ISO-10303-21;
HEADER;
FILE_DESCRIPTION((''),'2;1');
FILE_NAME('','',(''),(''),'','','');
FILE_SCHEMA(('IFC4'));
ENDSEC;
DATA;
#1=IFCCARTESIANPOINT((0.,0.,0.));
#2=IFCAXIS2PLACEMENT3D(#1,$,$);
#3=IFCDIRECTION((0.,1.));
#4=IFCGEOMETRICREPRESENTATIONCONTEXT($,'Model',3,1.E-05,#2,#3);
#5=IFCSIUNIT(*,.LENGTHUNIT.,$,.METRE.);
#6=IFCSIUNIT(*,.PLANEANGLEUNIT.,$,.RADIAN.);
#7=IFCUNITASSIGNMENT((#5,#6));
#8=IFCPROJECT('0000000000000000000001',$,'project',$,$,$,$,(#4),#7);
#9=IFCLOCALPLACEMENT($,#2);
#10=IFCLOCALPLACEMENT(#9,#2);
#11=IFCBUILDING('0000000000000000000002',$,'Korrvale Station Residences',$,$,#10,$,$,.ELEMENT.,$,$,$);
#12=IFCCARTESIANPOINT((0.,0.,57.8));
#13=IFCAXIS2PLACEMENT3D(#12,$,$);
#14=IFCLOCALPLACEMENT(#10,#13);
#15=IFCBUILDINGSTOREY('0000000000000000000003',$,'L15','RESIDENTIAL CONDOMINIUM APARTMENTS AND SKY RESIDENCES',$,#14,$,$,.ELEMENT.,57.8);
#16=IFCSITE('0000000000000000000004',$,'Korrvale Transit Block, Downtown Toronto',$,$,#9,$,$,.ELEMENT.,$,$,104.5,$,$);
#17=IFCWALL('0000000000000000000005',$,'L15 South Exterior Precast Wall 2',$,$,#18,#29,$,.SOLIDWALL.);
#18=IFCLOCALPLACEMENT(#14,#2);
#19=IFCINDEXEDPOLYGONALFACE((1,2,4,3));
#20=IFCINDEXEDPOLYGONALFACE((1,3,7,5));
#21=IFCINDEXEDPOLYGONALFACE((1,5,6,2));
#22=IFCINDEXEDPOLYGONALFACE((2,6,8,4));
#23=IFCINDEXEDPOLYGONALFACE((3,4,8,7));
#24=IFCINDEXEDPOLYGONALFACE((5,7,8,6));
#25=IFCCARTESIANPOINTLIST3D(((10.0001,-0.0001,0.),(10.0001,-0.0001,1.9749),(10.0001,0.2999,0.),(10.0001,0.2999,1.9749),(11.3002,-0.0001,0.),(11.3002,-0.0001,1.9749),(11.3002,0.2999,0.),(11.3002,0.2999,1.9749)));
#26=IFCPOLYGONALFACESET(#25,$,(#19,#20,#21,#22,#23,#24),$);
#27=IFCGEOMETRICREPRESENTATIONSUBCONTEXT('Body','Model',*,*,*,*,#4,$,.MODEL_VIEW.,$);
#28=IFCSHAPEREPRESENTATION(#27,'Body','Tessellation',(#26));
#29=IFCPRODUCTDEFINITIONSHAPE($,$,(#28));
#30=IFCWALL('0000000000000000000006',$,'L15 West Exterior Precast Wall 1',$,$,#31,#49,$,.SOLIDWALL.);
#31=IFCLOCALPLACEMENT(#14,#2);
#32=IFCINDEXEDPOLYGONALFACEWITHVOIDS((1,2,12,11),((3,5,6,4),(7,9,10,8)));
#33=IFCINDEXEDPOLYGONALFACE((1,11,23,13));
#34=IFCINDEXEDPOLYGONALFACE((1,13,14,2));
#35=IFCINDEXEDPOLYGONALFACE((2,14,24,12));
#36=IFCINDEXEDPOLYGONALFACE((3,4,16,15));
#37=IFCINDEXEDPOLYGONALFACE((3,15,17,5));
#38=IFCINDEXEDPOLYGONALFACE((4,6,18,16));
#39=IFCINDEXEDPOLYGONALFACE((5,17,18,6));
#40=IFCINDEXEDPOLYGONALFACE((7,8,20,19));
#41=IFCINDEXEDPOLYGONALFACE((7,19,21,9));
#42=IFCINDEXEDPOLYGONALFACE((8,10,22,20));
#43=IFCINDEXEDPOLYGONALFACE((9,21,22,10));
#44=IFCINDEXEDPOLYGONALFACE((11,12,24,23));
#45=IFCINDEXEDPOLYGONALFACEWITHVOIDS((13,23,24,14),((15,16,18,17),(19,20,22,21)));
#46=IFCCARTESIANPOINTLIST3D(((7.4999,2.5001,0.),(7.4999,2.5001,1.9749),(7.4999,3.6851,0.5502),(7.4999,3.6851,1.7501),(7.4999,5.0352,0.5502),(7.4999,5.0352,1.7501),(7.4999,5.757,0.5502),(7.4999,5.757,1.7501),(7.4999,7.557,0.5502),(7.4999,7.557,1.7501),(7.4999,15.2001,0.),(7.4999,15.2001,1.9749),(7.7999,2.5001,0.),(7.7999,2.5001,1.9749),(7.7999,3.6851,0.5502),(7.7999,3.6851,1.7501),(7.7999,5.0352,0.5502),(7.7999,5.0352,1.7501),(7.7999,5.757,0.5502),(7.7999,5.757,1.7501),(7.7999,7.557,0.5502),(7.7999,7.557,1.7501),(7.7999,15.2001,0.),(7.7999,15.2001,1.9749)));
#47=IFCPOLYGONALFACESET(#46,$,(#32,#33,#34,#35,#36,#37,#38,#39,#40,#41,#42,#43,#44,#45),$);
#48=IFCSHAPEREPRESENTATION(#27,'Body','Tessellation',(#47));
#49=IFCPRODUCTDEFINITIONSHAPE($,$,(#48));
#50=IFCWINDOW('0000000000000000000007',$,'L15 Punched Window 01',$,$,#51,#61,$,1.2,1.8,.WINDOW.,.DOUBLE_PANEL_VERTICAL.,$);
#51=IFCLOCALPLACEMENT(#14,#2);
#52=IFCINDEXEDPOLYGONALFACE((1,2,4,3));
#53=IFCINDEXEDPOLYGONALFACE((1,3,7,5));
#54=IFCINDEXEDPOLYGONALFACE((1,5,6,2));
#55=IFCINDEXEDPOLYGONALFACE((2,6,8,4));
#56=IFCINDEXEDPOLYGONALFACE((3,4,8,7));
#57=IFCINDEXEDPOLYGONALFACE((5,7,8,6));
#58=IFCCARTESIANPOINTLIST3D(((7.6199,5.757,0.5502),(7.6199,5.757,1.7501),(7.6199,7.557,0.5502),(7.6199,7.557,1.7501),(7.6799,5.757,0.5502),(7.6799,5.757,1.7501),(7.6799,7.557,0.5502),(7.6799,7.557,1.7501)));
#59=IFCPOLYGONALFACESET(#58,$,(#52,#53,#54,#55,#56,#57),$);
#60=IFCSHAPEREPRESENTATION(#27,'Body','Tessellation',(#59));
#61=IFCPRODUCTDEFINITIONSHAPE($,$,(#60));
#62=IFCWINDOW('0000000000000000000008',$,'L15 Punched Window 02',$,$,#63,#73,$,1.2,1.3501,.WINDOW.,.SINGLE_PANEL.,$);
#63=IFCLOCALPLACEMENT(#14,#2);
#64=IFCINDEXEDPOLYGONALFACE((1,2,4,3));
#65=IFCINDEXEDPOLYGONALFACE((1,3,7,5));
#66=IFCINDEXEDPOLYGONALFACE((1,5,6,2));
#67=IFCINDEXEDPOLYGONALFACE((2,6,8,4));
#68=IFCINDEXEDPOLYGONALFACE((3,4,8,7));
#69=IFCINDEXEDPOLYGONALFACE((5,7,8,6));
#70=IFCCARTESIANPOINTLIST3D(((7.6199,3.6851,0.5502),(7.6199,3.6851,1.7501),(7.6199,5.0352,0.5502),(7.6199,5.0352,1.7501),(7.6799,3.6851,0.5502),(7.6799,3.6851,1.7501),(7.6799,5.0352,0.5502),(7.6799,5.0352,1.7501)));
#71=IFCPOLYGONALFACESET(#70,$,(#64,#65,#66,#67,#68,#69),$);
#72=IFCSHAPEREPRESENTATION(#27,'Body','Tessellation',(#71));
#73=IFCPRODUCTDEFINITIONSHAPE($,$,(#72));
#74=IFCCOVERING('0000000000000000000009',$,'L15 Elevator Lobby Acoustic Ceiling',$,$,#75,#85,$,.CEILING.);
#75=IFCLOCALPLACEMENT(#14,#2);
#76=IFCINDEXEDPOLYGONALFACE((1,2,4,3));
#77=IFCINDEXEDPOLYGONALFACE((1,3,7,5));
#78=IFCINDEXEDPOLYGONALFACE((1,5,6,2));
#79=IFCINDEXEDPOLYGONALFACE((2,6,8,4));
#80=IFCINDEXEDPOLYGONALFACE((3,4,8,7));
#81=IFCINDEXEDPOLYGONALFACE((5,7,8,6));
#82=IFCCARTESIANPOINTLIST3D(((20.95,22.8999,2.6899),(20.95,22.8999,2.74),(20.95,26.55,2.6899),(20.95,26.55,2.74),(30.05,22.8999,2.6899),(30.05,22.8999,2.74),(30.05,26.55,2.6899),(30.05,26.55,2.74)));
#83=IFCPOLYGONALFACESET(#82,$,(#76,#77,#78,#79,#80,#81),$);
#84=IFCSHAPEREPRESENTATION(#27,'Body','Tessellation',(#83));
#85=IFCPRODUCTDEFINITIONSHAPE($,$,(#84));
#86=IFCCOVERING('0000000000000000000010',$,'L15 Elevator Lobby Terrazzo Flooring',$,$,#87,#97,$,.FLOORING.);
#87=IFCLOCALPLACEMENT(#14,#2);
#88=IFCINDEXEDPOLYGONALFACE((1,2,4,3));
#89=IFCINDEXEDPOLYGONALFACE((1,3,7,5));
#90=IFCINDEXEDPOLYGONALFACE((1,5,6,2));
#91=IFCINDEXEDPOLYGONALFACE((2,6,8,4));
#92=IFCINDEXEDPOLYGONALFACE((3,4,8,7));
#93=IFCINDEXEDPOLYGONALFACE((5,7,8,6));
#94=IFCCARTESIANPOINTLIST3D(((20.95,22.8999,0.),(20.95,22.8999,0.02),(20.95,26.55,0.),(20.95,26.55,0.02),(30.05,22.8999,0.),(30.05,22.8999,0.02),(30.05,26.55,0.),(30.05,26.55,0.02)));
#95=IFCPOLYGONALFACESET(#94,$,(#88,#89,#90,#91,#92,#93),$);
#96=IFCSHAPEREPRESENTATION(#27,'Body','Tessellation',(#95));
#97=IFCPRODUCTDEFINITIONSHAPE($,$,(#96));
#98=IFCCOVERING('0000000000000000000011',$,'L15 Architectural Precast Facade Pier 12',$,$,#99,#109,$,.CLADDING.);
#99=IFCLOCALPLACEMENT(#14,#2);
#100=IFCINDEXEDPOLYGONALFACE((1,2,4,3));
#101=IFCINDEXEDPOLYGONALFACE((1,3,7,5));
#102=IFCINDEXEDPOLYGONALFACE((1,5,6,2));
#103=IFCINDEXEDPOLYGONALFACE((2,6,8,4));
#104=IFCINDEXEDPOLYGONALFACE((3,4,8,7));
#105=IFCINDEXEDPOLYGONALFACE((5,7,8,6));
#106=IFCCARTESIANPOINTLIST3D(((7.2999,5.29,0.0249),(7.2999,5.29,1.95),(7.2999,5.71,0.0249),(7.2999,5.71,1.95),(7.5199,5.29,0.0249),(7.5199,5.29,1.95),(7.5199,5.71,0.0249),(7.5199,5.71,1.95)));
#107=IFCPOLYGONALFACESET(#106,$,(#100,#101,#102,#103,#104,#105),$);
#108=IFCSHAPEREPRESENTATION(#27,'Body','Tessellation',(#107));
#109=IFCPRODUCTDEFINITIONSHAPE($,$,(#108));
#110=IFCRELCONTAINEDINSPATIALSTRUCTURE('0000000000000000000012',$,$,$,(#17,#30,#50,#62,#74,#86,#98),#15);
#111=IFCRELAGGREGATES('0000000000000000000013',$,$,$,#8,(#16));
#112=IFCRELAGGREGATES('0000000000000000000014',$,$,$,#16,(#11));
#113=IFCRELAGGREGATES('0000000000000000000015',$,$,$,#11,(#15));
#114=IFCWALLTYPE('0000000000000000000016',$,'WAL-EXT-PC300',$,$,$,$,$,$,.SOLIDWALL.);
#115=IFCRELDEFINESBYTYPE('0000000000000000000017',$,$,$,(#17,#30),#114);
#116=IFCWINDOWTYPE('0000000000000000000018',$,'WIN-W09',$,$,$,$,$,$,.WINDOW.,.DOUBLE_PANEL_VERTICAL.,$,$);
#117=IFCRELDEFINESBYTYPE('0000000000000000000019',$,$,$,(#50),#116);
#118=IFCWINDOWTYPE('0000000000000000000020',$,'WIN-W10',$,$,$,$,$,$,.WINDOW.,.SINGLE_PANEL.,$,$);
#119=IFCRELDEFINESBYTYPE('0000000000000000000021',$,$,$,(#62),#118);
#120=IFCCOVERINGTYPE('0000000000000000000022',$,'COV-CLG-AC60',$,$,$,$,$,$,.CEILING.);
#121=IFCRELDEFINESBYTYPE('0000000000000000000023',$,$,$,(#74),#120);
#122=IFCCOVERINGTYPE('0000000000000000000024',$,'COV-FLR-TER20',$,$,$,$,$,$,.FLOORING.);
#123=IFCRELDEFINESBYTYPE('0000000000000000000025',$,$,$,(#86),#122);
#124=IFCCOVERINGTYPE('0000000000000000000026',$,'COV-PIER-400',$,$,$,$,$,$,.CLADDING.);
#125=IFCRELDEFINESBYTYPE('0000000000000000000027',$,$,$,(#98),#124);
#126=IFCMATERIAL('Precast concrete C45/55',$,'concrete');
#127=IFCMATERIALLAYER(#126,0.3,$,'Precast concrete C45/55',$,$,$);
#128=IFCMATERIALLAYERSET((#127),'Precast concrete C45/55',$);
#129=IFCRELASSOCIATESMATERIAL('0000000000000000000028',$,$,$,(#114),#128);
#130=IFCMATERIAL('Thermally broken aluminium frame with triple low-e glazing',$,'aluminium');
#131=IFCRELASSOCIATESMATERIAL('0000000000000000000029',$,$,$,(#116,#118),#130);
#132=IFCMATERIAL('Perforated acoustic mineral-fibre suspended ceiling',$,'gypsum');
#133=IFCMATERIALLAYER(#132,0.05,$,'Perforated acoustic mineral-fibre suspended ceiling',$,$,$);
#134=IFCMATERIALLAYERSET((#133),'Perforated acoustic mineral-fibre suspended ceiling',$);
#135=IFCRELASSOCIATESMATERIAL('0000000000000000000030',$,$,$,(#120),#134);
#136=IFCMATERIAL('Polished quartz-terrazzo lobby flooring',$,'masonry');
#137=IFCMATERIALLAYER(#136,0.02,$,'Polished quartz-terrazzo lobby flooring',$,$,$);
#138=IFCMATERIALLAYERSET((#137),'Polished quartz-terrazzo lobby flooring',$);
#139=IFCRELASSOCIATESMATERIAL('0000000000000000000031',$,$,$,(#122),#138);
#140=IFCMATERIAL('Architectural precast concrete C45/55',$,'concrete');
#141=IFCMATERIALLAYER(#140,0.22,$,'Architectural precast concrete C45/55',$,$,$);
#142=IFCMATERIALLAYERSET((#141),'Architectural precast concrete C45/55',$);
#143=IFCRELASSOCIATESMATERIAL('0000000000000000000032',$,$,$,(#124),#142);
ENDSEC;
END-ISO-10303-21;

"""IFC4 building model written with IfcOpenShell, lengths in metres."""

from ifc_helpers import new_model, si_unit, direction, frame, frame_2d, origin, origin_2d, place, context, subcontext, project, spatial, polyline, rectangle, outline, extrude, material, layer, layer_set, type_object, element, fill, save


model = new_model("IFC4")

# Units and contexts
model_context = context("Model", 3, precision=1e-05, world=origin(), true_north=direction((0.0, 1.0)))
body_context = subcontext(model_context, "Body", "Model", "MODEL_VIEW")
ifc_project = project(units=[si_unit("LENGTHUNIT", "METRE"), si_unit("PLANEANGLEUNIT", "RADIAN")], contexts=[model_context])

# Site, building, storey
site_placement = place(None, origin())
site = spatial("IfcSite", under=ifc_project, at=site_placement, Name="Korrvale Transit Block, Downtown Toronto", CompositionType="ELEMENT", RefElevation=104.5)
building_placement = place(site_placement, origin())
building = spatial("IfcBuilding", under=site, at=building_placement, Name="Korrvale Station Residences", CompositionType="ELEMENT")
storey_placement = place(building_placement, frame((0.0, 0.0, 57.8)))
storey = spatial("IfcBuildingStorey", under=building, at=storey_placement, Name="L15", Description="RESIDENTIAL CONDOMINIUM APARTMENTS AND SKY RESIDENCES", CompositionType="ELEMENT", Elevation=57.8)

# Wall
ifc_material_1 = material(Name="Precast concrete C45/55", Category="concrete")
ifc_layer_1 = layer(ifc_material_1, 0.3, Name="Precast concrete C45/55")
ifc_layer_set_1 = layer_set([ifc_layer_1], Name="Precast concrete C45/55")
wall_type_1 = type_object("IfcWallType", Name="WAL-EXT-PC300", PredefinedType="SOLIDWALL", material=ifc_layer_set_1)
wall_1_placement = place(storey_placement, frame((11.3, 0.1499, 0.0), z_axis=(0.0, 0.0, 1.0), x_axis=(-1.0, 0.0, 0.0)))
element("IfcWall", 1, at=wall_1_placement, inside=storey, type_object=wall_type_1, Name="L15 South Exterior Precast Wall 2", PredefinedType="SOLIDWALL", context=body_context, shape_type="SweptSolid", body=[
    extrude(rectangle(XDim=1.3, YDim=0.3, at=frame_2d((0.6499, 0.0))), origin(), (0.0, 0.0, 1.0), 1.9749),
])

# Wall, openings, windows
wall_2_placement = place(storey_placement, frame((7.6499, 2.5, 0.0), z_axis=(0.0, 0.0, 1.0), x_axis=(0.0, 1.0, 0.0)))
wall_2 = element("IfcWall", 2, at=wall_2_placement, inside=storey, type_object=wall_type_1, Name="L15 West Exterior Precast Wall 1", PredefinedType="SOLIDWALL", context=body_context, shape_type="SweptSolid", body=[
    extrude(rectangle(XDim=12.7, YDim=0.3, at=frame_2d((6.3501, 0.0))), origin(), (0.0, 0.0, 1.0), 1.9749),
])
opening_1_placement = place(wall_2_placement, frame((3.2571, 0.0, 0.55)))
opening_1 = element("IfcOpeningElement", 3, at=opening_1_placement, cuts=wall_2, PredefinedType="OPENING", context=body_context, shape_type="SweptSolid", body=[
    extrude(rectangle(XDim=1.8, YDim=1.2, at=frame_2d((0.8999, 0.6001))), frame((0.0, 0.1602, 0.0), z_axis=(0.0, -1.0, 0.0), x_axis=(1.0, 0.0, 0.0)), (0.0, 0.0, 1.0), 0.3201),
])
opening_2_placement = place(wall_2_placement, frame((1.1851, 0.0, 0.55)))
opening_2 = element("IfcOpeningElement", 4, at=opening_2_placement, cuts=wall_2, PredefinedType="OPENING", context=body_context, shape_type="SweptSolid", body=[
    extrude(rectangle(XDim=1.3501, YDim=1.2, at=frame_2d((0.675, 0.6001))), frame((0.0, 0.1602, 0.0), z_axis=(0.0, -1.0, 0.0), x_axis=(1.0, 0.0, 0.0)), (0.0, 0.0, 1.0), 0.3201),
])
ifc_material_2 = material(Name="Thermally broken aluminium frame with triple low-e glazing", Category="aluminium")
window_type_1 = type_object("IfcWindowType", Name="WIN-W09", PartitioningType="DOUBLE_PANEL_VERTICAL", PredefinedType="WINDOW", material=ifc_material_2)
window_1_placement = place(opening_1_placement, origin())
window_1 = element("IfcWindow", 5, at=window_1_placement, inside=storey, type_object=window_type_1, Name="L15 Punched Window 01", OverallHeight=1.2, OverallWidth=1.8, PartitioningType="DOUBLE_PANEL_VERTICAL", PredefinedType="WINDOW", context=body_context, shape_type="SweptSolid", body=[
    extrude(rectangle(XDim=1.8, YDim=1.2, at=frame_2d((0.8999, 0.6001))), frame((0.0, 0.03, 0.0), z_axis=(0.0, -1.0, 0.0), x_axis=(1.0, 0.0, 0.0)), (0.0, 0.0, 1.0), 0.0601),
])
fill(opening_1, window_1)
window_type_2 = type_object("IfcWindowType", Name="WIN-W10", PartitioningType="SINGLE_PANEL", PredefinedType="WINDOW", material=ifc_material_2)
window_2_placement = place(opening_2_placement, origin())
window_2 = element("IfcWindow", 6, at=window_2_placement, inside=storey, type_object=window_type_2, Name="L15 Punched Window 02", OverallHeight=1.2, OverallWidth=1.3501, PartitioningType="SINGLE_PANEL", PredefinedType="WINDOW", context=body_context, shape_type="SweptSolid", body=[
    extrude(rectangle(XDim=1.3501, YDim=1.2, at=frame_2d((0.675, 0.6001))), frame((0.0, 0.03, 0.0), z_axis=(0.0, -1.0, 0.0), x_axis=(1.0, 0.0, 0.0)), (0.0, 0.0, 1.0), 0.0601),
])
fill(opening_2, window_2)

# Coverings
ifc_material_3 = material(Name="Perforated acoustic mineral-fibre suspended ceiling", Category="gypsum")
ifc_layer_2 = layer(ifc_material_3, 0.05, Name="Perforated acoustic mineral-fibre suspended ceiling")
ifc_layer_set_2 = layer_set([ifc_layer_2], Name="Perforated acoustic mineral-fibre suspended ceiling")
covering_type_1 = type_object("IfcCoveringType", Name="COV-CLG-AC60", PredefinedType="CEILING", material=ifc_layer_set_2)
covering_1_placement = place(storey_placement, frame((0.0, 0.0, 2.6899)))
element("IfcCovering", 7, at=covering_1_placement, inside=storey, type_object=covering_type_1, Name="L15 Elevator Lobby Acoustic Ceiling", PredefinedType="CEILING", context=body_context, shape_type="SweptSolid", body=[
    extrude(outline(polyline([(20.95, 22.8999), (30.05, 22.8999), (30.05, 26.55), (20.95, 26.55), (20.95, 22.8999)])), origin(), (0.0, 0.0, 1.0), 0.05),
])
ifc_material_4 = material(Name="Polished quartz-terrazzo lobby flooring", Category="masonry")
ifc_layer_3 = layer(ifc_material_4, 0.02, Name="Polished quartz-terrazzo lobby flooring")
ifc_layer_set_3 = layer_set([ifc_layer_3], Name="Polished quartz-terrazzo lobby flooring")
covering_type_2 = type_object("IfcCoveringType", Name="COV-FLR-TER20", PredefinedType="FLOORING", material=ifc_layer_set_3)
covering_2_placement = place(storey_placement, origin())
element("IfcCovering", 8, at=covering_2_placement, inside=storey, type_object=covering_type_2, Name="L15 Elevator Lobby Terrazzo Flooring", PredefinedType="FLOORING", context=body_context, shape_type="SweptSolid", body=[
    extrude(outline(polyline([(20.95, 22.8999), (30.05, 22.8999), (30.05, 26.55), (20.95, 26.55), (20.95, 22.8999)])), origin(), (0.0, 0.0, 1.0), 0.02),
])
ifc_material_5 = material(Name="Architectural precast concrete C45/55", Category="concrete")
ifc_layer_4 = layer(ifc_material_5, 0.22, Name="Architectural precast concrete C45/55")
ifc_layer_set_4 = layer_set([ifc_layer_4], Name="Architectural precast concrete C45/55")
covering_type_3 = type_object("IfcCoveringType", Name="COV-PIER-400", PredefinedType="CLADDING", material=ifc_layer_set_4)
covering_3_placement = place(storey_placement, frame((7.4099, 5.5, 0.0249), z_axis=(0.0, 0.0, 1.0), x_axis=(0.0, 1.0, 0.0)))
element("IfcCovering", 9, at=covering_3_placement, inside=storey, type_object=covering_type_3, Name="L15 Architectural Precast Facade Pier 12", PredefinedType="CLADDING", context=body_context, shape_type="SweptSolid", body=[
    extrude(rectangle(XDim=0.4199, YDim=0.22, at=origin_2d()), origin(), (0.0, 0.0, 1.0), 1.925),
])

save(model, "model.ifc")
